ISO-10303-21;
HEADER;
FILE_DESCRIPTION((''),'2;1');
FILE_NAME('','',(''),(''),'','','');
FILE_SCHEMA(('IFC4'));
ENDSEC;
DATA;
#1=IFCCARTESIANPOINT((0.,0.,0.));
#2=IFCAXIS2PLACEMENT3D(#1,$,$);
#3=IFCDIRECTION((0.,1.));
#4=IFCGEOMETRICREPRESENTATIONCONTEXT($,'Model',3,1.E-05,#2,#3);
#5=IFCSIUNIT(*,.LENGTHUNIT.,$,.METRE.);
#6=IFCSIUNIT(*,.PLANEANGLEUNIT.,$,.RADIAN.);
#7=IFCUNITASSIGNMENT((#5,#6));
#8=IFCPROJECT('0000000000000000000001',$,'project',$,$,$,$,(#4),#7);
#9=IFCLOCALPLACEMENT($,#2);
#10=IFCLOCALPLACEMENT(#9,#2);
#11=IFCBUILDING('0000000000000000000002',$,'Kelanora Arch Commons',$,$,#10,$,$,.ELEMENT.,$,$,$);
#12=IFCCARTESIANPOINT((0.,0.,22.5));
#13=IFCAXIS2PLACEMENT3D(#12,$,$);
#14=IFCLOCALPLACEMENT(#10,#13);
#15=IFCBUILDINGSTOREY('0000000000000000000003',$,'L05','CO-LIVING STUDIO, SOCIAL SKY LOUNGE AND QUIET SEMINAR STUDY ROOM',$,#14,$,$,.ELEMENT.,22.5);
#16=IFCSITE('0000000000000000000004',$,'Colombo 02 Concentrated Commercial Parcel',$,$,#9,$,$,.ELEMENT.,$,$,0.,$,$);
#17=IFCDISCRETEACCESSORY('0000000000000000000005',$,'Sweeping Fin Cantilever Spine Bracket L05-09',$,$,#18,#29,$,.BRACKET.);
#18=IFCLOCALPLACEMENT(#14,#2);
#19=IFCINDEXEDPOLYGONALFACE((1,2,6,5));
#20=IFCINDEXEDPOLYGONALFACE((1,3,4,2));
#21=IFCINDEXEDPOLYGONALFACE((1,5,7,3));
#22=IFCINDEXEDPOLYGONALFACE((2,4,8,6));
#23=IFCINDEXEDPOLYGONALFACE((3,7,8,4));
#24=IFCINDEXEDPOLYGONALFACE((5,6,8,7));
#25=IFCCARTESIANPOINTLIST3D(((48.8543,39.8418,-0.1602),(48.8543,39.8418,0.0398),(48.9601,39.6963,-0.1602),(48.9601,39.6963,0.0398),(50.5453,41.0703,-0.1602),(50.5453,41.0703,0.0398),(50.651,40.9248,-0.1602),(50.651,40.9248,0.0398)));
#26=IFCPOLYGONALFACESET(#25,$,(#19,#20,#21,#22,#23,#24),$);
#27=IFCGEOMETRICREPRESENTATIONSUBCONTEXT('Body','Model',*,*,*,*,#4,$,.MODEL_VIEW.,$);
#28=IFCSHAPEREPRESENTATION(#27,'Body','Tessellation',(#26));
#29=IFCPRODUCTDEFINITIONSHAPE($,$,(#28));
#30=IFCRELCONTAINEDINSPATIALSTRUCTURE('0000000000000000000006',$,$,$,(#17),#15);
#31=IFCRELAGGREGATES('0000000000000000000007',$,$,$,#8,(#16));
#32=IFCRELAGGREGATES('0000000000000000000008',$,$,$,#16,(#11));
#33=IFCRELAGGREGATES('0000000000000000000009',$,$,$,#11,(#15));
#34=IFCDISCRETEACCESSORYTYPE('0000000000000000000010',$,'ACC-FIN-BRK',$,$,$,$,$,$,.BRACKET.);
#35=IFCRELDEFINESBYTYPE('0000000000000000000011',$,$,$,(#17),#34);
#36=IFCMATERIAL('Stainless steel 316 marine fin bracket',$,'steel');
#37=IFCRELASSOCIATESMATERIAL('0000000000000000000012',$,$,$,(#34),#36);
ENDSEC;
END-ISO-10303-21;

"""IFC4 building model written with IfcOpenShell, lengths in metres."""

from ifc_helpers import new_model, si_unit, direction, frame, origin, origin_2d, place, context, subcontext, project, spatial, rectangle, extrude, source, transform, mapped, material, type_object, element, save


model = new_model("IFC4")

# Units and contexts
model_context = context("Model", 3, precision=1e-05, world=origin(), true_north=direction((0.0, 1.0)))
body_context = subcontext(model_context, "Body", "Model", "MODEL_VIEW")
ifc_project = project(units=[si_unit("LENGTHUNIT", "METRE"), si_unit("PLANEANGLEUNIT", "RADIAN")], contexts=[model_context])

# Site, building, storey
site_placement = place(None, origin())
site = spatial("IfcSite", under=ifc_project, at=site_placement, Name="Colombo 02 Concentrated Commercial Parcel", CompositionType="ELEMENT", RefElevation=0.0)
building_placement = place(site_placement, origin())
building = spatial("IfcBuilding", under=site, at=building_placement, Name="Kelanora Arch Commons", CompositionType="ELEMENT")
storey_placement = place(building_placement, frame((0.0, 0.0, 22.5)))
storey = spatial("IfcBuildingStorey", under=building, at=storey_placement, Name="L05", Description="CO-LIVING STUDIO, SOCIAL SKY LOUNGE AND QUIET SEMINAR STUDY ROOM", CompositionType="ELEMENT", Elevation=22.5)

# Discrete accessory
ifc_material_1 = material(Name="Stainless steel 316 marine fin bracket", Category="steel")
discrete_accessory_type = type_object("IfcDiscreteAccessoryType", Name="ACC-FIN-BRK", PredefinedType="BRACKET", material=ifc_material_1)
shared_shape_1 = source(origin(), body_context, "Body", "SweptSolid", [
    extrude(rectangle(XDim=2.0901, YDim=0.1799, at=origin_2d()), origin(), (0.0, 0.0, 1.0), 0.2),
])
discrete_accessory_placement = place(storey_placement, frame((49.7527, 40.3833, -0.1602), z_axis=(0.0, 0.0, 1.0), x_axis=(-0.809017, -0.587785, 0.0)))
element("IfcDiscreteAccessory", 1, at=discrete_accessory_placement, inside=storey, type_object=discrete_accessory_type, Name="Sweeping Fin Cantilever Spine Bracket L05-09", PredefinedType="BRACKET", context=body_context, shape_type="MappedRepresentation", body=[
    mapped(shared_shape_1, transform((0.0, 0.0, 0.0), scale=1.0)),
])

save(model, "model.ifc")
